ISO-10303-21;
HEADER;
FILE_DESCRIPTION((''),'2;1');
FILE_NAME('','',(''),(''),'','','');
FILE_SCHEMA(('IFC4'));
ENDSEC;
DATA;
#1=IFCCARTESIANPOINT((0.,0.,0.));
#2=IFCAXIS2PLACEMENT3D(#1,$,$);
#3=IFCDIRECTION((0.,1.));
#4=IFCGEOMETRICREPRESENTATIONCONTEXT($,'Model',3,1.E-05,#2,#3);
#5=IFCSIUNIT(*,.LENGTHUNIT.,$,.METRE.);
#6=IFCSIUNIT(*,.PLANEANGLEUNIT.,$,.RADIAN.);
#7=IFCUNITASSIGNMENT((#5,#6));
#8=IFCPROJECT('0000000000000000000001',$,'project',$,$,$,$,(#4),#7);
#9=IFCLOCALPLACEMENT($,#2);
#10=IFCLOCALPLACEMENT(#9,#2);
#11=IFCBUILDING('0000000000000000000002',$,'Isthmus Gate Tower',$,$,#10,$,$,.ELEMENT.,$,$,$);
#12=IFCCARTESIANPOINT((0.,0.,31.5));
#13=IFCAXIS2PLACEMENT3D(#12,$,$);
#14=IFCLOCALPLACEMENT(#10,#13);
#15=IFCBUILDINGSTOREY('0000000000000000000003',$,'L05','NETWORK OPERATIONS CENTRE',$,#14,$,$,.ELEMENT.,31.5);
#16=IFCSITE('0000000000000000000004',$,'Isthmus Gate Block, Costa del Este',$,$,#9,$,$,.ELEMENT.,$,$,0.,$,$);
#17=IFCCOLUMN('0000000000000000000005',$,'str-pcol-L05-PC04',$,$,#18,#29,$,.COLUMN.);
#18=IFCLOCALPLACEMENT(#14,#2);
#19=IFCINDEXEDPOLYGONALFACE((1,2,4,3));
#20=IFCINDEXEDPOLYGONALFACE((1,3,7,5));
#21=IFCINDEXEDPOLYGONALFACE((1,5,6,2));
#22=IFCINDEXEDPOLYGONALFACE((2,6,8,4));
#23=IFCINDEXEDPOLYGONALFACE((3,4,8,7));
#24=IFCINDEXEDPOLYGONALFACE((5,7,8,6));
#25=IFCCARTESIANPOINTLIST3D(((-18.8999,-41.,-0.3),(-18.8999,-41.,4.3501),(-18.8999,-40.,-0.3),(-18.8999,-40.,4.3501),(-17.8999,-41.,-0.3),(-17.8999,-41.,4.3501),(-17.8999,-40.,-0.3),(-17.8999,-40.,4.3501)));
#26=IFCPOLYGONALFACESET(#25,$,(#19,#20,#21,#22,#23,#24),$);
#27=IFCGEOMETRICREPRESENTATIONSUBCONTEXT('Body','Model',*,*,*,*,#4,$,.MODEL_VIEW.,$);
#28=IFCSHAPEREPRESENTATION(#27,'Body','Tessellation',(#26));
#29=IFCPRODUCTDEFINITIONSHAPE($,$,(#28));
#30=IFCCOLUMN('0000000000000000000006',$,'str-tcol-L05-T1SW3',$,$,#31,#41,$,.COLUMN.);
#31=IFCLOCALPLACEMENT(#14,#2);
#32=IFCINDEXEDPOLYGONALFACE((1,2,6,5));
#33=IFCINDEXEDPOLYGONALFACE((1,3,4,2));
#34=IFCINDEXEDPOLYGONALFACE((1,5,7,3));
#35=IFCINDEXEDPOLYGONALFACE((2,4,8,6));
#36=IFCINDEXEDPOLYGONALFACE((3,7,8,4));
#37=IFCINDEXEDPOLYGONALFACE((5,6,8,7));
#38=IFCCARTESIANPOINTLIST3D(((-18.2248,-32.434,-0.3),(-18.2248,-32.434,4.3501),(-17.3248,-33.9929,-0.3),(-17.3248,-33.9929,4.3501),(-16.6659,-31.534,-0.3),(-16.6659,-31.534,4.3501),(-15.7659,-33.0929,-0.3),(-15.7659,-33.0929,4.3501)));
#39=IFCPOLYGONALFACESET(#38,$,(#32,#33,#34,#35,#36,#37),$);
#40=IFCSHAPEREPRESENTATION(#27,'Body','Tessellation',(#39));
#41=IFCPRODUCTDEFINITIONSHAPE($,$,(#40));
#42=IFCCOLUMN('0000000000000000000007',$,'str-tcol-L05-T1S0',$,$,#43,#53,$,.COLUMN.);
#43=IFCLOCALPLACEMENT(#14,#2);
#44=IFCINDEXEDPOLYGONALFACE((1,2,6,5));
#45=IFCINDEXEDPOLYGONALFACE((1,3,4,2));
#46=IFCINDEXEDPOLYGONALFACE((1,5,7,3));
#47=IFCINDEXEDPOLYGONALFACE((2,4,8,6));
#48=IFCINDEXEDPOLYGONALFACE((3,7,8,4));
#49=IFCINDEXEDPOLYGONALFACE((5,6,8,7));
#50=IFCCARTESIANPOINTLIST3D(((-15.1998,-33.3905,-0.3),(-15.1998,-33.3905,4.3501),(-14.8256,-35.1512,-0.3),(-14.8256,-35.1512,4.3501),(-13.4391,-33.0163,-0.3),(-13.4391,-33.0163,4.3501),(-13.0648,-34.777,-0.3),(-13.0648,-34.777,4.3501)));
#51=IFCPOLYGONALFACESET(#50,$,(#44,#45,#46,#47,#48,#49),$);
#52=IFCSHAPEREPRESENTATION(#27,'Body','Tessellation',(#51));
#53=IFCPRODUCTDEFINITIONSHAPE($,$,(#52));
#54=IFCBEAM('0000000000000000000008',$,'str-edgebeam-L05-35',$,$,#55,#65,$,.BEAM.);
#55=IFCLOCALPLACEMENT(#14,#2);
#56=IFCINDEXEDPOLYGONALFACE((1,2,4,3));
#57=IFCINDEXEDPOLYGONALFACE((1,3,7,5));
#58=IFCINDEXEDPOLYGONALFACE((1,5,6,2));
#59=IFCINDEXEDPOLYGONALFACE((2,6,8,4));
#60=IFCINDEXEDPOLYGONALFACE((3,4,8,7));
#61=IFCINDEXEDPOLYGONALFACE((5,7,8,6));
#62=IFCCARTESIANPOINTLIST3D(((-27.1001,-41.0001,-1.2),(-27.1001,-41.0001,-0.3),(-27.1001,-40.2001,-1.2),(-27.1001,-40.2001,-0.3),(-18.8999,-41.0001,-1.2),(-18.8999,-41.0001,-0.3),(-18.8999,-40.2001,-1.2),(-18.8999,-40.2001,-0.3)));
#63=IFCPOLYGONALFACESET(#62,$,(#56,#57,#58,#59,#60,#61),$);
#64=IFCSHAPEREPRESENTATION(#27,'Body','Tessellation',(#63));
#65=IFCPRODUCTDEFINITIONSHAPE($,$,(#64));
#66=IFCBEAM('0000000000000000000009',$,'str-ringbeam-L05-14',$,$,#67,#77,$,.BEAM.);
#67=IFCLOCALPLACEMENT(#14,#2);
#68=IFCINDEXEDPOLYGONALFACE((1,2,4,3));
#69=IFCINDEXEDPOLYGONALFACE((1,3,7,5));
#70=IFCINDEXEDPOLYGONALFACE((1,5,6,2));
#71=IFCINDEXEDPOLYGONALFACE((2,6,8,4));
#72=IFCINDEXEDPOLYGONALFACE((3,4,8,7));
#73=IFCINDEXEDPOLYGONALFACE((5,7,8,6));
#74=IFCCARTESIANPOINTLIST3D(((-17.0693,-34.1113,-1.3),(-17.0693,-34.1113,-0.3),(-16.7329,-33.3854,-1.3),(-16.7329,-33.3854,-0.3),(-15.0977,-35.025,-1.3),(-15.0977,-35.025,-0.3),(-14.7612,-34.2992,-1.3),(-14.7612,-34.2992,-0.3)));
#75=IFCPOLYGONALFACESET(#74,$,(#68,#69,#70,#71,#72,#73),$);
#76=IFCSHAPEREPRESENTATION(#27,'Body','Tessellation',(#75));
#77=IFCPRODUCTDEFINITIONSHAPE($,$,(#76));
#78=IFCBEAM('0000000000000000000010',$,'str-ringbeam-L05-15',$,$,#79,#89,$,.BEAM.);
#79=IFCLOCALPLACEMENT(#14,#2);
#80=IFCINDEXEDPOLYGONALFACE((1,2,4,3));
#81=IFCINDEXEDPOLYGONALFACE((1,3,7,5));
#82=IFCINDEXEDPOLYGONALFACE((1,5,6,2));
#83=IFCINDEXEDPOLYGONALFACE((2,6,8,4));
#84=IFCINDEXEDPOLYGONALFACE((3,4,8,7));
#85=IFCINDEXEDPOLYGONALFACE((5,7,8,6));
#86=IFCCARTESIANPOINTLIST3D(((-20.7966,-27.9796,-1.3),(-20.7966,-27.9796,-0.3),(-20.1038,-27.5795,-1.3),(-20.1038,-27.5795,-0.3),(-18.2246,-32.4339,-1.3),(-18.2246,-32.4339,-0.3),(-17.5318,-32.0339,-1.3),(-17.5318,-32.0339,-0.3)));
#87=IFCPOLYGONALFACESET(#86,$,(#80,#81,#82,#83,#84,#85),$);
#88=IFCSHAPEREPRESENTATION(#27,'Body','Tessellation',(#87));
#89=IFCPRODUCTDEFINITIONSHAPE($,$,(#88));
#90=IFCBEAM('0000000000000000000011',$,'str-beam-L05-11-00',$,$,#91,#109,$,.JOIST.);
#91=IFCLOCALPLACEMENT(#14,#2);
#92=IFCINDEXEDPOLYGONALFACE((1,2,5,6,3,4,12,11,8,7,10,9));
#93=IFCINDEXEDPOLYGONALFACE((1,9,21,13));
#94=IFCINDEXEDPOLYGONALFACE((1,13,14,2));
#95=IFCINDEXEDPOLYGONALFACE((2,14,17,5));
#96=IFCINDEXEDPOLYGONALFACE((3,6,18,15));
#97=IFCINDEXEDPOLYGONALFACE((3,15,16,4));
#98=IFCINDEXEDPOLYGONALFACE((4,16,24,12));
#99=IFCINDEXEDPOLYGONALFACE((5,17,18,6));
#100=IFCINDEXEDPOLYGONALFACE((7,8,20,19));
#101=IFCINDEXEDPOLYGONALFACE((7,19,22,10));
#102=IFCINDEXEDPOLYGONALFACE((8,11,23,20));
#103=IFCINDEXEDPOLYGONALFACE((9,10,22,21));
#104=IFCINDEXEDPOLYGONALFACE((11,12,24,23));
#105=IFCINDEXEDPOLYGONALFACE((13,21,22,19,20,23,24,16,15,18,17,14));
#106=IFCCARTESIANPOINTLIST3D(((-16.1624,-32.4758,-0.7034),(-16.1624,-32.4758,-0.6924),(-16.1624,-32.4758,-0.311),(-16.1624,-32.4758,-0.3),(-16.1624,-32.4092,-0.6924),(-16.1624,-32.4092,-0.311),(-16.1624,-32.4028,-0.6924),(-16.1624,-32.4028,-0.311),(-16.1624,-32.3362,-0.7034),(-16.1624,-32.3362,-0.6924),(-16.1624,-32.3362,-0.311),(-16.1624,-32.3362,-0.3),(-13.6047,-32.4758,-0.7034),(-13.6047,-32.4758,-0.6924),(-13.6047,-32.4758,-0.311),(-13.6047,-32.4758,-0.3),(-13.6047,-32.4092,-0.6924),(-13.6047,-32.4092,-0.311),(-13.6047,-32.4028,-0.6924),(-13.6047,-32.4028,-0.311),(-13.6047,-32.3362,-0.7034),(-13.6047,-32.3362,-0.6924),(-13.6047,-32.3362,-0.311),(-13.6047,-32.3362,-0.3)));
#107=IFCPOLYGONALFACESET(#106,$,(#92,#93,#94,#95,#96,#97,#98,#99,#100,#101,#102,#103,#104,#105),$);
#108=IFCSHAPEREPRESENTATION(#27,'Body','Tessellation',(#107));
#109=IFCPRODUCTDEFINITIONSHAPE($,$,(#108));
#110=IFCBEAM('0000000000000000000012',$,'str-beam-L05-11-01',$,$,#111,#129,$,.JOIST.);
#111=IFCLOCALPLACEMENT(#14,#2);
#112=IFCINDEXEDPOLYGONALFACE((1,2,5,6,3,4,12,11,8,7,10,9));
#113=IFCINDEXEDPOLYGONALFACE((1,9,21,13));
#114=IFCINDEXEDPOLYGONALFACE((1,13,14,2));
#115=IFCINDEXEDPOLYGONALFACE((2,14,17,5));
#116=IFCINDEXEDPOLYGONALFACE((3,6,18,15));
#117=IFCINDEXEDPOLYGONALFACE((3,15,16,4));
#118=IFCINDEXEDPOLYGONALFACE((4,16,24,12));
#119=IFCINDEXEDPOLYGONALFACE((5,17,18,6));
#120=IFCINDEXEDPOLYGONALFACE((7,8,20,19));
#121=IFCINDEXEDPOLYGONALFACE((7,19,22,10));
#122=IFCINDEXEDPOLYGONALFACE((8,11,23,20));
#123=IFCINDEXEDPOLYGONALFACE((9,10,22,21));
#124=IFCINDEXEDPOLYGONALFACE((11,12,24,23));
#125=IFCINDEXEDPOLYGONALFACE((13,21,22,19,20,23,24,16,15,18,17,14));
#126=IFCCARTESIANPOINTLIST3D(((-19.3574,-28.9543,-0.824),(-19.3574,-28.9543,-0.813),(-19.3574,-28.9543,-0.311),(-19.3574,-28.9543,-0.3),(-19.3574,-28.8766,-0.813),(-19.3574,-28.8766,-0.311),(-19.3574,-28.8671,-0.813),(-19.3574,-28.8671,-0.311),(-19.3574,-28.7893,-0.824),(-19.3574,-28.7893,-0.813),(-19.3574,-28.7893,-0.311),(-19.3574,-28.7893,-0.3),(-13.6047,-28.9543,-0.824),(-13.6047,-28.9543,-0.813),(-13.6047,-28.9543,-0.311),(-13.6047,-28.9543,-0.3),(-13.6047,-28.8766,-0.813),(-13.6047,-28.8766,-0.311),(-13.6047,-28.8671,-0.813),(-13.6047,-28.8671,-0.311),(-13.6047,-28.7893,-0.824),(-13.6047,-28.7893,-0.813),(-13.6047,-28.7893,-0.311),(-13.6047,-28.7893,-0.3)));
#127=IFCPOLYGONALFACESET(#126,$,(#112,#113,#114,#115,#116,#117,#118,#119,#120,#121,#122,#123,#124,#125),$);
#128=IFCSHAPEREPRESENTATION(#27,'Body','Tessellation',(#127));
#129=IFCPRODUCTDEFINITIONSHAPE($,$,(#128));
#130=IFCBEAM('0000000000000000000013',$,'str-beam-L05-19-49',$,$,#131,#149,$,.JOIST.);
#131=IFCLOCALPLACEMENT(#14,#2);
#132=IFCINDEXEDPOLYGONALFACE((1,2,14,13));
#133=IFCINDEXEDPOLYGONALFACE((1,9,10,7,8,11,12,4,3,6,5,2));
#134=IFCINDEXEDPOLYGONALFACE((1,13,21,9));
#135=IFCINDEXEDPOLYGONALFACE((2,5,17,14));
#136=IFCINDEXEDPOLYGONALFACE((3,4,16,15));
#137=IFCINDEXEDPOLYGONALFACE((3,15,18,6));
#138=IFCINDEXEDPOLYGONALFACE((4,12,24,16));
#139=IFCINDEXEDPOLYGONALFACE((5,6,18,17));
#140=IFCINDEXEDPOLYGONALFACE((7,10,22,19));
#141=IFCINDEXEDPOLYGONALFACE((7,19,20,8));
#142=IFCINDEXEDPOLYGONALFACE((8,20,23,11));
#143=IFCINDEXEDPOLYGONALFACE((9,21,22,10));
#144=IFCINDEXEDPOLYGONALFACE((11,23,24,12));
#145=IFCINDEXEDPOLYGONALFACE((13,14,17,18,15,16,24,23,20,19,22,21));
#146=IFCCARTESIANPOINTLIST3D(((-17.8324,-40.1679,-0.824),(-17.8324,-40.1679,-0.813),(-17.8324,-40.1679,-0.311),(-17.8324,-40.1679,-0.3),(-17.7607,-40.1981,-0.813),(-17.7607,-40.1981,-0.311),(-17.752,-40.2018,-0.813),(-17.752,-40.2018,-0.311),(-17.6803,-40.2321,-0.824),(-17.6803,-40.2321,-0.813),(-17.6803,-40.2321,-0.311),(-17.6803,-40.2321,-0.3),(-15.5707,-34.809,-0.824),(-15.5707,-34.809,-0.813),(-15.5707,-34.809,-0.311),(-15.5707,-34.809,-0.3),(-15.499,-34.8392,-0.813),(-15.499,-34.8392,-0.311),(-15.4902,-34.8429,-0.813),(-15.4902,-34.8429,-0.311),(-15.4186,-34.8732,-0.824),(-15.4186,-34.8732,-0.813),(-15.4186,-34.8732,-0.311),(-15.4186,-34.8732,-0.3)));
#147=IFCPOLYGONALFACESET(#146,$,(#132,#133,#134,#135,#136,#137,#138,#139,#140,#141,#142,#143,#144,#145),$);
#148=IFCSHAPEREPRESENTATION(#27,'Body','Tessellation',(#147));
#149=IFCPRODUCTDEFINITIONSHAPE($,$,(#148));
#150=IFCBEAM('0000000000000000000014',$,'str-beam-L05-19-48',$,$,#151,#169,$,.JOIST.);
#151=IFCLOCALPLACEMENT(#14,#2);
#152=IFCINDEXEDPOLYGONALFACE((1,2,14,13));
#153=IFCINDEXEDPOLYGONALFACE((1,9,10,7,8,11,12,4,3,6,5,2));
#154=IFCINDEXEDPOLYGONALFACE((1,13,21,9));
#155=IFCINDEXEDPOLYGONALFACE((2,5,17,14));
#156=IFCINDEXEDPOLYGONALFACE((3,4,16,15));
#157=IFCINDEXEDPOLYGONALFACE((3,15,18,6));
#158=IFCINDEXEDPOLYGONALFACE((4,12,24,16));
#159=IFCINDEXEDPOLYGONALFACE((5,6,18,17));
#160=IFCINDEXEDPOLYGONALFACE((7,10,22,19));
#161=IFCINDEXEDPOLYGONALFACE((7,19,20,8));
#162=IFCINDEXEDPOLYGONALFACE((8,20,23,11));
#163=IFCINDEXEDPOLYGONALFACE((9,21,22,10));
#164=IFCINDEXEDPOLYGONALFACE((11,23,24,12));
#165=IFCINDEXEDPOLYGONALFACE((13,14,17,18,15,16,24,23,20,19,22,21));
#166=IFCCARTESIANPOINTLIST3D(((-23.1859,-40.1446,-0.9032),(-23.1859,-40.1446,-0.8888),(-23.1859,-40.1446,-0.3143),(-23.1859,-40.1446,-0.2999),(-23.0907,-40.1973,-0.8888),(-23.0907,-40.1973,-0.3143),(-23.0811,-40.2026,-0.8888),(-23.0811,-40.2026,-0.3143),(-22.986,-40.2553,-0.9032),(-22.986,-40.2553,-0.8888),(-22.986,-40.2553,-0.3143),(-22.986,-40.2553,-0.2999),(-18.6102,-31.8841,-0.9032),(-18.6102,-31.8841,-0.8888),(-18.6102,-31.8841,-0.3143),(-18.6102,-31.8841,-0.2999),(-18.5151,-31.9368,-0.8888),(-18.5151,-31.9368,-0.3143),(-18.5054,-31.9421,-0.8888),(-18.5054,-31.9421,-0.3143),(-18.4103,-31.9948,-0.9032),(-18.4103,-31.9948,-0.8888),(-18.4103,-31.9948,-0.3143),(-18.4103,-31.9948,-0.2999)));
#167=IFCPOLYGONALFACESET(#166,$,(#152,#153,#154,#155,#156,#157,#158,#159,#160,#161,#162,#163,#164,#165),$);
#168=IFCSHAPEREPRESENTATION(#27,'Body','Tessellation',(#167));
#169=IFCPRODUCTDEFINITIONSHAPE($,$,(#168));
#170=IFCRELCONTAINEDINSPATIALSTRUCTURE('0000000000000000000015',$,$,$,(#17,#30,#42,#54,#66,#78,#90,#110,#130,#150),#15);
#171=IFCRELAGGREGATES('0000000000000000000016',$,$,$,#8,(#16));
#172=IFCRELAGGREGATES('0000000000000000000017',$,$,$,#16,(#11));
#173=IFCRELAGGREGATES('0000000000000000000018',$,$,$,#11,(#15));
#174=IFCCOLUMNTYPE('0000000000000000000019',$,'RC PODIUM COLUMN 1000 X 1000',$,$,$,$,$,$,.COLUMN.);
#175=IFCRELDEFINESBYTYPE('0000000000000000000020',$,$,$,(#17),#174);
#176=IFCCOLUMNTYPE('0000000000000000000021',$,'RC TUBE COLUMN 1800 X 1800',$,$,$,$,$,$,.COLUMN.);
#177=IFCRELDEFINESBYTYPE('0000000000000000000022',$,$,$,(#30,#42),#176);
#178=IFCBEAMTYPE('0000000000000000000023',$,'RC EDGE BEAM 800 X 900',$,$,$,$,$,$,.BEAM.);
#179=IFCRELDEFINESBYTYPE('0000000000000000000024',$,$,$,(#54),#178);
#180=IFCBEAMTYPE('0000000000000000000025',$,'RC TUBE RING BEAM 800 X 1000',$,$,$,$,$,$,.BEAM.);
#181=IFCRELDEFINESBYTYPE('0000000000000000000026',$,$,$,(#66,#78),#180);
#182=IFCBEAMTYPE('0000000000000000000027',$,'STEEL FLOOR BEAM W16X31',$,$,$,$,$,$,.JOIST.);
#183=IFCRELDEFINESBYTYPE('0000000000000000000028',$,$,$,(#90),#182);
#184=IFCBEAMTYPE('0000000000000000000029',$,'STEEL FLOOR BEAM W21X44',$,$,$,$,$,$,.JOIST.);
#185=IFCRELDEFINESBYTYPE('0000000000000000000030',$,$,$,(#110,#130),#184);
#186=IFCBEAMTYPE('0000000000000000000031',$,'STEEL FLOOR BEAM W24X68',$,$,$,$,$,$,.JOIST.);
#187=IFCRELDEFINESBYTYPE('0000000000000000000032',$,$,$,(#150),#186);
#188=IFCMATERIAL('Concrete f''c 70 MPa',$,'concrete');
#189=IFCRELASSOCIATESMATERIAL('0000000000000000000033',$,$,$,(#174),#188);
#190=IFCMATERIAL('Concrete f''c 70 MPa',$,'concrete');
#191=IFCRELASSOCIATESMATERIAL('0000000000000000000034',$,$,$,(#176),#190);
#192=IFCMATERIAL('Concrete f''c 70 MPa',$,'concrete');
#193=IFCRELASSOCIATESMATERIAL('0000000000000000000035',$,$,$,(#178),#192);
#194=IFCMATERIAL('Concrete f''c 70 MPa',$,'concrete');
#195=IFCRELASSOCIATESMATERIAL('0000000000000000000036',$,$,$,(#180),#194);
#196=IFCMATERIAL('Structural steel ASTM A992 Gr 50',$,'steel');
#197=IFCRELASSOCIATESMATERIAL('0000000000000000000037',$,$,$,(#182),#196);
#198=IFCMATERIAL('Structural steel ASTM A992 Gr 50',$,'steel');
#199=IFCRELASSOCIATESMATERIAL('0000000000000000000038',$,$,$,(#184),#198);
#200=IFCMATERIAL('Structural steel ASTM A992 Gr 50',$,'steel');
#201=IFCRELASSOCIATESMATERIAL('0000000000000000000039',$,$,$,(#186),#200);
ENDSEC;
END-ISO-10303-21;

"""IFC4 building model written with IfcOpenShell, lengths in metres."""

from ifc_helpers import new_model, si_unit, direction, frame, origin, origin_2d, place, context, subcontext, project, spatial, rectangle, i_section, extrude, material, material_profile, profile_set, type_object, element, save


model = new_model("IFC4")

# Units and contexts
model_context = context("Model", 3, precision=1e-05, world=origin(), true_north=direction((0.0, 1.0)))
body_context = subcontext(model_context, "Body", "Model", "MODEL_VIEW")
ifc_project = project(units=[si_unit("LENGTHUNIT", "METRE"), si_unit("PLANEANGLEUNIT", "RADIAN")], contexts=[model_context])

# Site, building, storey
site_placement = place(None, origin())
site = spatial("IfcSite", under=ifc_project, at=site_placement, Name="Isthmus Gate Block, Costa del Este", CompositionType="ELEMENT", RefElevation=0.0)
building_placement = place(site_placement, origin())
building = spatial("IfcBuilding", under=site, at=building_placement, Name="Isthmus Gate Tower", CompositionType="ELEMENT")
storey_placement = place(building_placement, frame((0.0, 0.0, 31.5)))
storey = spatial("IfcBuildingStorey", under=building, at=storey_placement, Name="L05", Description="NETWORK OPERATIONS CENTRE", CompositionType="ELEMENT", Elevation=31.5)

# Columns
ifc_material_1 = material(Name="Concrete f'c 70 MPa", Category="concrete")
ifc_material_profile_1 = material_profile(ifc_material_1, rectangle(XDim=1.0, YDim=1.0, at=origin_2d()), Name="RC 1000X1000")
ifc_profile_set_1 = profile_set([ifc_material_profile_1], Name="Concrete f'c 70 MPa")
column_type_1 = type_object("IfcColumnType", Name="RC PODIUM COLUMN 1000 X 1000", PredefinedType="COLUMN", material=ifc_profile_set_1)
column_placement = place(storey_placement, frame((-18.3999, -40.5, -0.3), z_axis=(0.0, 0.0, 1.0), x_axis=(1.0, 0.0, 0.0)))
element("IfcColumn", 1, at=column_placement, inside=storey, type_object=column_type_1, Name="str-pcol-L05-PC04", PredefinedType="COLUMN", context=body_context, shape_type="SweptSolid", body=[
    extrude(rectangle(XDim=1.0, YDim=1.0, at=origin_2d()), origin(), (0.0, 0.0, 1.0), 4.6501),
])
ifc_material_2 = material(Name="Concrete f'c 70 MPa", Category="concrete")
ifc_material_profile_2 = material_profile(ifc_material_2, rectangle(XDim=1.8, YDim=1.8, at=origin_2d()), Name="RC 1800X1800")
ifc_profile_set_2 = profile_set([ifc_material_profile_2], Name="Concrete f'c 70 MPa")
column_type_2 = type_object("IfcColumnType", Name="RC TUBE COLUMN 1800 X 1800", PredefinedType="COLUMN", material=ifc_profile_set_2)
for number, where, z_axis, x_axis, name in (
    (2, (-16.9954, -32.7634, -0.3), (0.0, 0.0, 1.0), (0.5, -0.866025, 0.0), "str-tcol-L05-T1SW3"),
    (3, (-14.1323, -34.0837, -0.3), (0.0, 0.0, 1.0), (0.978148, 0.207912, 0.0), "str-tcol-L05-T1S0"),
):
    element("IfcColumn", number, at=place(storey_placement, frame(where, z_axis=z_axis, x_axis=x_axis)), inside=storey, type_object=column_type_2, Name=name, PredefinedType="COLUMN", context=body_context, shape_type="SweptSolid", body=[
        extrude(rectangle(XDim=1.8, YDim=1.8, at=origin_2d()), origin(), (0.0, 0.0, 1.0), 4.6501),
    ])

# Beams
ifc_material_3 = material(Name="Concrete f'c 70 MPa", Category="concrete")
ifc_material_profile_3 = material_profile(ifc_material_3, rectangle(XDim=0.8, YDim=0.8999, at=origin_2d()), Name="RC 800X900")
ifc_profile_set_3 = profile_set([ifc_material_profile_3], Name="Concrete f'c 70 MPa")
beam_type_1 = type_object("IfcBeamType", Name="RC EDGE BEAM 800 X 900", PredefinedType="BEAM", material=ifc_profile_set_3)
beam_1_placement = place(storey_placement, frame((-18.8999, -40.6001, -0.75), z_axis=(-1.0, 0.0, 0.0), x_axis=(0.0, -1.0, 0.0)))
element("IfcBeam", 4, at=beam_1_placement, inside=storey, type_object=beam_type_1, Name="str-edgebeam-L05-35", PredefinedType="BEAM", context=body_context, shape_type="SweptSolid", body=[
    extrude(rectangle(XDim=0.8, YDim=0.8999, at=origin_2d()), origin(), (0.0, 0.0, 1.0), 8.2002),
])
ifc_material_4 = material(Name="Concrete f'c 70 MPa", Category="concrete")
ifc_material_profile_4 = material_profile(ifc_material_4, rectangle(XDim=0.8, YDim=1.0, at=origin_2d()), Name="RC 800X1000")
ifc_profile_set_4 = profile_set([ifc_material_profile_4], Name="Concrete f'c 70 MPa")
beam_type_2 = type_object("IfcBeamType", Name="RC TUBE RING BEAM 800 X 1000", PredefinedType="BEAM", material=ifc_profile_set_4)
beam_2_placement = place(storey_placement, frame((-14.9294, -34.6621, -0.8), z_axis=(-0.907291, 0.420504, 0.0), x_axis=(-0.420504, -0.907291, 0.0)))
element("IfcBeam", 5, at=beam_2_placement, inside=storey, type_object=beam_type_2, Name="str-ringbeam-L05-14", PredefinedType="BEAM", context=body_context, shape_type="SweptSolid", body=[
    extrude(rectangle(XDim=0.8, YDim=1.0, at=origin_2d()), origin(), (0.0, 0.0, 1.0), 2.1731),
])
beam_3_placement = place(storey_placement, frame((-17.8782, -32.2339, -0.8), z_axis=(-0.500044, 0.866, 0.0), x_axis=(-0.866, -0.500044, 0.0)))
element("IfcBeam", 6, at=beam_3_placement, inside=storey, type_object=beam_type_2, Name="str-ringbeam-L05-15", PredefinedType="BEAM", context=body_context, shape_type="SweptSolid", body=[
    extrude(rectangle(XDim=0.8, YDim=1.0, at=origin_2d()), origin(), (0.0, 0.0, 1.0), 5.1436),
])
ifc_material_5 = material(Name="Structural steel ASTM A992 Gr 50", Category="steel")
ifc_material_profile_5 = material_profile(ifc_material_5, i_section(OverallWidth=0.1396, OverallDepth=0.4033, WebThickness=0.0063, FlangeThickness=0.011, at=origin_2d()), Name="W16X31")
ifc_profile_set_5 = profile_set([ifc_material_profile_5], Name="Structural steel ASTM A992 Gr 50")
beam_type_3 = type_object("IfcBeamType", Name="STEEL FLOOR BEAM W16X31", PredefinedType="JOIST", material=ifc_profile_set_5)
beam_4_placement = place(storey_placement, frame((-16.1624, -32.406, -0.5017), z_axis=(1.0, 0.0, 0.0), x_axis=(0.0, 1.0, 0.0)))
element("IfcBeam", 7, at=beam_4_placement, inside=storey, type_object=beam_type_3, Name="str-beam-L05-11-00", PredefinedType="JOIST", context=body_context, shape_type="SweptSolid", body=[
    extrude(i_section(OverallWidth=0.1396, OverallDepth=0.4033, WebThickness=0.0063, FlangeThickness=0.011, at=origin_2d()), origin(), (0.0, 0.0, 1.0), 2.5576),
])
ifc_material_6 = material(Name="Structural steel ASTM A992 Gr 50", Category="steel")
ifc_material_profile_6 = material_profile(ifc_material_6, i_section(OverallWidth=0.165, OverallDepth=0.5239, WebThickness=0.0095, FlangeThickness=0.011, at=origin_2d()), Name="W21X44")
ifc_profile_set_6 = profile_set([ifc_material_profile_6], Name="Structural steel ASTM A992 Gr 50")
beam_type_4 = type_object("IfcBeamType", Name="STEEL FLOOR BEAM W21X44", PredefinedType="JOIST", material=ifc_profile_set_6)
beam_5_placement = place(storey_placement, frame((-19.3574, -28.8718, -0.562), z_axis=(1.0, 0.0, 0.0), x_axis=(0.0, 1.0, 0.0)))
element("IfcBeam", 8, at=beam_5_placement, inside=storey, type_object=beam_type_4, Name="str-beam-L05-11-01", PredefinedType="JOIST", context=body_context, shape_type="SweptSolid", body=[
    extrude(i_section(OverallWidth=0.165, OverallDepth=0.5239, WebThickness=0.0095, FlangeThickness=0.011, at=origin_2d()), origin(), (0.0, 0.0, 1.0), 5.7527),
])
beam_6_placement = place(storey_placement, frame((-15.4946, -34.8411, -0.562), z_axis=(-0.388837, -0.921306, 0.0), x_axis=(0.921306, -0.388837, 0.0)))
element("IfcBeam", 9, at=beam_6_placement, inside=storey, type_object=beam_type_4, Name="str-beam-L05-19-49", PredefinedType="JOIST", context=body_context, shape_type="SweptSolid", body=[
    extrude(i_section(OverallWidth=0.165, OverallDepth=0.5239, WebThickness=0.0095, FlangeThickness=0.011, at=origin_2d()), origin(), (0.0, 0.0, 1.0), 5.8167),
])
ifc_material_7 = material(Name="Structural steel ASTM A992 Gr 50", Category="steel")
ifc_material_profile_7 = material_profile(ifc_material_7, i_section(OverallWidth=0.2285, OverallDepth=0.6033, WebThickness=0.011, FlangeThickness=0.0144, at=origin_2d()), Name="W24X68")
ifc_profile_set_7 = profile_set([ifc_material_profile_7], Name="Structural steel ASTM A992 Gr 50")
beam_type_5 = type_object("IfcBeamType", Name="STEEL FLOOR BEAM W24X68", PredefinedType="JOIST", material=ifc_profile_set_7)
beam_7_placement = place(storey_placement, frame((-18.5103, -31.9395, -0.6016), z_axis=(-0.484552, -0.874763, 0.0), x_axis=(0.874763, -0.484552, 0.0)))
element("IfcBeam", 10, at=beam_7_placement, inside=storey, type_object=beam_type_5, Name="str-beam-L05-19-48", PredefinedType="JOIST", context=body_context, shape_type="SweptSolid", body=[
    extrude(i_section(OverallWidth=0.2285, OverallDepth=0.6033, WebThickness=0.011, FlangeThickness=0.0144, at=origin_2d()), origin(), (0.0, 0.0, 1.0), 9.4431),
])

save(model, "model.ifc")
